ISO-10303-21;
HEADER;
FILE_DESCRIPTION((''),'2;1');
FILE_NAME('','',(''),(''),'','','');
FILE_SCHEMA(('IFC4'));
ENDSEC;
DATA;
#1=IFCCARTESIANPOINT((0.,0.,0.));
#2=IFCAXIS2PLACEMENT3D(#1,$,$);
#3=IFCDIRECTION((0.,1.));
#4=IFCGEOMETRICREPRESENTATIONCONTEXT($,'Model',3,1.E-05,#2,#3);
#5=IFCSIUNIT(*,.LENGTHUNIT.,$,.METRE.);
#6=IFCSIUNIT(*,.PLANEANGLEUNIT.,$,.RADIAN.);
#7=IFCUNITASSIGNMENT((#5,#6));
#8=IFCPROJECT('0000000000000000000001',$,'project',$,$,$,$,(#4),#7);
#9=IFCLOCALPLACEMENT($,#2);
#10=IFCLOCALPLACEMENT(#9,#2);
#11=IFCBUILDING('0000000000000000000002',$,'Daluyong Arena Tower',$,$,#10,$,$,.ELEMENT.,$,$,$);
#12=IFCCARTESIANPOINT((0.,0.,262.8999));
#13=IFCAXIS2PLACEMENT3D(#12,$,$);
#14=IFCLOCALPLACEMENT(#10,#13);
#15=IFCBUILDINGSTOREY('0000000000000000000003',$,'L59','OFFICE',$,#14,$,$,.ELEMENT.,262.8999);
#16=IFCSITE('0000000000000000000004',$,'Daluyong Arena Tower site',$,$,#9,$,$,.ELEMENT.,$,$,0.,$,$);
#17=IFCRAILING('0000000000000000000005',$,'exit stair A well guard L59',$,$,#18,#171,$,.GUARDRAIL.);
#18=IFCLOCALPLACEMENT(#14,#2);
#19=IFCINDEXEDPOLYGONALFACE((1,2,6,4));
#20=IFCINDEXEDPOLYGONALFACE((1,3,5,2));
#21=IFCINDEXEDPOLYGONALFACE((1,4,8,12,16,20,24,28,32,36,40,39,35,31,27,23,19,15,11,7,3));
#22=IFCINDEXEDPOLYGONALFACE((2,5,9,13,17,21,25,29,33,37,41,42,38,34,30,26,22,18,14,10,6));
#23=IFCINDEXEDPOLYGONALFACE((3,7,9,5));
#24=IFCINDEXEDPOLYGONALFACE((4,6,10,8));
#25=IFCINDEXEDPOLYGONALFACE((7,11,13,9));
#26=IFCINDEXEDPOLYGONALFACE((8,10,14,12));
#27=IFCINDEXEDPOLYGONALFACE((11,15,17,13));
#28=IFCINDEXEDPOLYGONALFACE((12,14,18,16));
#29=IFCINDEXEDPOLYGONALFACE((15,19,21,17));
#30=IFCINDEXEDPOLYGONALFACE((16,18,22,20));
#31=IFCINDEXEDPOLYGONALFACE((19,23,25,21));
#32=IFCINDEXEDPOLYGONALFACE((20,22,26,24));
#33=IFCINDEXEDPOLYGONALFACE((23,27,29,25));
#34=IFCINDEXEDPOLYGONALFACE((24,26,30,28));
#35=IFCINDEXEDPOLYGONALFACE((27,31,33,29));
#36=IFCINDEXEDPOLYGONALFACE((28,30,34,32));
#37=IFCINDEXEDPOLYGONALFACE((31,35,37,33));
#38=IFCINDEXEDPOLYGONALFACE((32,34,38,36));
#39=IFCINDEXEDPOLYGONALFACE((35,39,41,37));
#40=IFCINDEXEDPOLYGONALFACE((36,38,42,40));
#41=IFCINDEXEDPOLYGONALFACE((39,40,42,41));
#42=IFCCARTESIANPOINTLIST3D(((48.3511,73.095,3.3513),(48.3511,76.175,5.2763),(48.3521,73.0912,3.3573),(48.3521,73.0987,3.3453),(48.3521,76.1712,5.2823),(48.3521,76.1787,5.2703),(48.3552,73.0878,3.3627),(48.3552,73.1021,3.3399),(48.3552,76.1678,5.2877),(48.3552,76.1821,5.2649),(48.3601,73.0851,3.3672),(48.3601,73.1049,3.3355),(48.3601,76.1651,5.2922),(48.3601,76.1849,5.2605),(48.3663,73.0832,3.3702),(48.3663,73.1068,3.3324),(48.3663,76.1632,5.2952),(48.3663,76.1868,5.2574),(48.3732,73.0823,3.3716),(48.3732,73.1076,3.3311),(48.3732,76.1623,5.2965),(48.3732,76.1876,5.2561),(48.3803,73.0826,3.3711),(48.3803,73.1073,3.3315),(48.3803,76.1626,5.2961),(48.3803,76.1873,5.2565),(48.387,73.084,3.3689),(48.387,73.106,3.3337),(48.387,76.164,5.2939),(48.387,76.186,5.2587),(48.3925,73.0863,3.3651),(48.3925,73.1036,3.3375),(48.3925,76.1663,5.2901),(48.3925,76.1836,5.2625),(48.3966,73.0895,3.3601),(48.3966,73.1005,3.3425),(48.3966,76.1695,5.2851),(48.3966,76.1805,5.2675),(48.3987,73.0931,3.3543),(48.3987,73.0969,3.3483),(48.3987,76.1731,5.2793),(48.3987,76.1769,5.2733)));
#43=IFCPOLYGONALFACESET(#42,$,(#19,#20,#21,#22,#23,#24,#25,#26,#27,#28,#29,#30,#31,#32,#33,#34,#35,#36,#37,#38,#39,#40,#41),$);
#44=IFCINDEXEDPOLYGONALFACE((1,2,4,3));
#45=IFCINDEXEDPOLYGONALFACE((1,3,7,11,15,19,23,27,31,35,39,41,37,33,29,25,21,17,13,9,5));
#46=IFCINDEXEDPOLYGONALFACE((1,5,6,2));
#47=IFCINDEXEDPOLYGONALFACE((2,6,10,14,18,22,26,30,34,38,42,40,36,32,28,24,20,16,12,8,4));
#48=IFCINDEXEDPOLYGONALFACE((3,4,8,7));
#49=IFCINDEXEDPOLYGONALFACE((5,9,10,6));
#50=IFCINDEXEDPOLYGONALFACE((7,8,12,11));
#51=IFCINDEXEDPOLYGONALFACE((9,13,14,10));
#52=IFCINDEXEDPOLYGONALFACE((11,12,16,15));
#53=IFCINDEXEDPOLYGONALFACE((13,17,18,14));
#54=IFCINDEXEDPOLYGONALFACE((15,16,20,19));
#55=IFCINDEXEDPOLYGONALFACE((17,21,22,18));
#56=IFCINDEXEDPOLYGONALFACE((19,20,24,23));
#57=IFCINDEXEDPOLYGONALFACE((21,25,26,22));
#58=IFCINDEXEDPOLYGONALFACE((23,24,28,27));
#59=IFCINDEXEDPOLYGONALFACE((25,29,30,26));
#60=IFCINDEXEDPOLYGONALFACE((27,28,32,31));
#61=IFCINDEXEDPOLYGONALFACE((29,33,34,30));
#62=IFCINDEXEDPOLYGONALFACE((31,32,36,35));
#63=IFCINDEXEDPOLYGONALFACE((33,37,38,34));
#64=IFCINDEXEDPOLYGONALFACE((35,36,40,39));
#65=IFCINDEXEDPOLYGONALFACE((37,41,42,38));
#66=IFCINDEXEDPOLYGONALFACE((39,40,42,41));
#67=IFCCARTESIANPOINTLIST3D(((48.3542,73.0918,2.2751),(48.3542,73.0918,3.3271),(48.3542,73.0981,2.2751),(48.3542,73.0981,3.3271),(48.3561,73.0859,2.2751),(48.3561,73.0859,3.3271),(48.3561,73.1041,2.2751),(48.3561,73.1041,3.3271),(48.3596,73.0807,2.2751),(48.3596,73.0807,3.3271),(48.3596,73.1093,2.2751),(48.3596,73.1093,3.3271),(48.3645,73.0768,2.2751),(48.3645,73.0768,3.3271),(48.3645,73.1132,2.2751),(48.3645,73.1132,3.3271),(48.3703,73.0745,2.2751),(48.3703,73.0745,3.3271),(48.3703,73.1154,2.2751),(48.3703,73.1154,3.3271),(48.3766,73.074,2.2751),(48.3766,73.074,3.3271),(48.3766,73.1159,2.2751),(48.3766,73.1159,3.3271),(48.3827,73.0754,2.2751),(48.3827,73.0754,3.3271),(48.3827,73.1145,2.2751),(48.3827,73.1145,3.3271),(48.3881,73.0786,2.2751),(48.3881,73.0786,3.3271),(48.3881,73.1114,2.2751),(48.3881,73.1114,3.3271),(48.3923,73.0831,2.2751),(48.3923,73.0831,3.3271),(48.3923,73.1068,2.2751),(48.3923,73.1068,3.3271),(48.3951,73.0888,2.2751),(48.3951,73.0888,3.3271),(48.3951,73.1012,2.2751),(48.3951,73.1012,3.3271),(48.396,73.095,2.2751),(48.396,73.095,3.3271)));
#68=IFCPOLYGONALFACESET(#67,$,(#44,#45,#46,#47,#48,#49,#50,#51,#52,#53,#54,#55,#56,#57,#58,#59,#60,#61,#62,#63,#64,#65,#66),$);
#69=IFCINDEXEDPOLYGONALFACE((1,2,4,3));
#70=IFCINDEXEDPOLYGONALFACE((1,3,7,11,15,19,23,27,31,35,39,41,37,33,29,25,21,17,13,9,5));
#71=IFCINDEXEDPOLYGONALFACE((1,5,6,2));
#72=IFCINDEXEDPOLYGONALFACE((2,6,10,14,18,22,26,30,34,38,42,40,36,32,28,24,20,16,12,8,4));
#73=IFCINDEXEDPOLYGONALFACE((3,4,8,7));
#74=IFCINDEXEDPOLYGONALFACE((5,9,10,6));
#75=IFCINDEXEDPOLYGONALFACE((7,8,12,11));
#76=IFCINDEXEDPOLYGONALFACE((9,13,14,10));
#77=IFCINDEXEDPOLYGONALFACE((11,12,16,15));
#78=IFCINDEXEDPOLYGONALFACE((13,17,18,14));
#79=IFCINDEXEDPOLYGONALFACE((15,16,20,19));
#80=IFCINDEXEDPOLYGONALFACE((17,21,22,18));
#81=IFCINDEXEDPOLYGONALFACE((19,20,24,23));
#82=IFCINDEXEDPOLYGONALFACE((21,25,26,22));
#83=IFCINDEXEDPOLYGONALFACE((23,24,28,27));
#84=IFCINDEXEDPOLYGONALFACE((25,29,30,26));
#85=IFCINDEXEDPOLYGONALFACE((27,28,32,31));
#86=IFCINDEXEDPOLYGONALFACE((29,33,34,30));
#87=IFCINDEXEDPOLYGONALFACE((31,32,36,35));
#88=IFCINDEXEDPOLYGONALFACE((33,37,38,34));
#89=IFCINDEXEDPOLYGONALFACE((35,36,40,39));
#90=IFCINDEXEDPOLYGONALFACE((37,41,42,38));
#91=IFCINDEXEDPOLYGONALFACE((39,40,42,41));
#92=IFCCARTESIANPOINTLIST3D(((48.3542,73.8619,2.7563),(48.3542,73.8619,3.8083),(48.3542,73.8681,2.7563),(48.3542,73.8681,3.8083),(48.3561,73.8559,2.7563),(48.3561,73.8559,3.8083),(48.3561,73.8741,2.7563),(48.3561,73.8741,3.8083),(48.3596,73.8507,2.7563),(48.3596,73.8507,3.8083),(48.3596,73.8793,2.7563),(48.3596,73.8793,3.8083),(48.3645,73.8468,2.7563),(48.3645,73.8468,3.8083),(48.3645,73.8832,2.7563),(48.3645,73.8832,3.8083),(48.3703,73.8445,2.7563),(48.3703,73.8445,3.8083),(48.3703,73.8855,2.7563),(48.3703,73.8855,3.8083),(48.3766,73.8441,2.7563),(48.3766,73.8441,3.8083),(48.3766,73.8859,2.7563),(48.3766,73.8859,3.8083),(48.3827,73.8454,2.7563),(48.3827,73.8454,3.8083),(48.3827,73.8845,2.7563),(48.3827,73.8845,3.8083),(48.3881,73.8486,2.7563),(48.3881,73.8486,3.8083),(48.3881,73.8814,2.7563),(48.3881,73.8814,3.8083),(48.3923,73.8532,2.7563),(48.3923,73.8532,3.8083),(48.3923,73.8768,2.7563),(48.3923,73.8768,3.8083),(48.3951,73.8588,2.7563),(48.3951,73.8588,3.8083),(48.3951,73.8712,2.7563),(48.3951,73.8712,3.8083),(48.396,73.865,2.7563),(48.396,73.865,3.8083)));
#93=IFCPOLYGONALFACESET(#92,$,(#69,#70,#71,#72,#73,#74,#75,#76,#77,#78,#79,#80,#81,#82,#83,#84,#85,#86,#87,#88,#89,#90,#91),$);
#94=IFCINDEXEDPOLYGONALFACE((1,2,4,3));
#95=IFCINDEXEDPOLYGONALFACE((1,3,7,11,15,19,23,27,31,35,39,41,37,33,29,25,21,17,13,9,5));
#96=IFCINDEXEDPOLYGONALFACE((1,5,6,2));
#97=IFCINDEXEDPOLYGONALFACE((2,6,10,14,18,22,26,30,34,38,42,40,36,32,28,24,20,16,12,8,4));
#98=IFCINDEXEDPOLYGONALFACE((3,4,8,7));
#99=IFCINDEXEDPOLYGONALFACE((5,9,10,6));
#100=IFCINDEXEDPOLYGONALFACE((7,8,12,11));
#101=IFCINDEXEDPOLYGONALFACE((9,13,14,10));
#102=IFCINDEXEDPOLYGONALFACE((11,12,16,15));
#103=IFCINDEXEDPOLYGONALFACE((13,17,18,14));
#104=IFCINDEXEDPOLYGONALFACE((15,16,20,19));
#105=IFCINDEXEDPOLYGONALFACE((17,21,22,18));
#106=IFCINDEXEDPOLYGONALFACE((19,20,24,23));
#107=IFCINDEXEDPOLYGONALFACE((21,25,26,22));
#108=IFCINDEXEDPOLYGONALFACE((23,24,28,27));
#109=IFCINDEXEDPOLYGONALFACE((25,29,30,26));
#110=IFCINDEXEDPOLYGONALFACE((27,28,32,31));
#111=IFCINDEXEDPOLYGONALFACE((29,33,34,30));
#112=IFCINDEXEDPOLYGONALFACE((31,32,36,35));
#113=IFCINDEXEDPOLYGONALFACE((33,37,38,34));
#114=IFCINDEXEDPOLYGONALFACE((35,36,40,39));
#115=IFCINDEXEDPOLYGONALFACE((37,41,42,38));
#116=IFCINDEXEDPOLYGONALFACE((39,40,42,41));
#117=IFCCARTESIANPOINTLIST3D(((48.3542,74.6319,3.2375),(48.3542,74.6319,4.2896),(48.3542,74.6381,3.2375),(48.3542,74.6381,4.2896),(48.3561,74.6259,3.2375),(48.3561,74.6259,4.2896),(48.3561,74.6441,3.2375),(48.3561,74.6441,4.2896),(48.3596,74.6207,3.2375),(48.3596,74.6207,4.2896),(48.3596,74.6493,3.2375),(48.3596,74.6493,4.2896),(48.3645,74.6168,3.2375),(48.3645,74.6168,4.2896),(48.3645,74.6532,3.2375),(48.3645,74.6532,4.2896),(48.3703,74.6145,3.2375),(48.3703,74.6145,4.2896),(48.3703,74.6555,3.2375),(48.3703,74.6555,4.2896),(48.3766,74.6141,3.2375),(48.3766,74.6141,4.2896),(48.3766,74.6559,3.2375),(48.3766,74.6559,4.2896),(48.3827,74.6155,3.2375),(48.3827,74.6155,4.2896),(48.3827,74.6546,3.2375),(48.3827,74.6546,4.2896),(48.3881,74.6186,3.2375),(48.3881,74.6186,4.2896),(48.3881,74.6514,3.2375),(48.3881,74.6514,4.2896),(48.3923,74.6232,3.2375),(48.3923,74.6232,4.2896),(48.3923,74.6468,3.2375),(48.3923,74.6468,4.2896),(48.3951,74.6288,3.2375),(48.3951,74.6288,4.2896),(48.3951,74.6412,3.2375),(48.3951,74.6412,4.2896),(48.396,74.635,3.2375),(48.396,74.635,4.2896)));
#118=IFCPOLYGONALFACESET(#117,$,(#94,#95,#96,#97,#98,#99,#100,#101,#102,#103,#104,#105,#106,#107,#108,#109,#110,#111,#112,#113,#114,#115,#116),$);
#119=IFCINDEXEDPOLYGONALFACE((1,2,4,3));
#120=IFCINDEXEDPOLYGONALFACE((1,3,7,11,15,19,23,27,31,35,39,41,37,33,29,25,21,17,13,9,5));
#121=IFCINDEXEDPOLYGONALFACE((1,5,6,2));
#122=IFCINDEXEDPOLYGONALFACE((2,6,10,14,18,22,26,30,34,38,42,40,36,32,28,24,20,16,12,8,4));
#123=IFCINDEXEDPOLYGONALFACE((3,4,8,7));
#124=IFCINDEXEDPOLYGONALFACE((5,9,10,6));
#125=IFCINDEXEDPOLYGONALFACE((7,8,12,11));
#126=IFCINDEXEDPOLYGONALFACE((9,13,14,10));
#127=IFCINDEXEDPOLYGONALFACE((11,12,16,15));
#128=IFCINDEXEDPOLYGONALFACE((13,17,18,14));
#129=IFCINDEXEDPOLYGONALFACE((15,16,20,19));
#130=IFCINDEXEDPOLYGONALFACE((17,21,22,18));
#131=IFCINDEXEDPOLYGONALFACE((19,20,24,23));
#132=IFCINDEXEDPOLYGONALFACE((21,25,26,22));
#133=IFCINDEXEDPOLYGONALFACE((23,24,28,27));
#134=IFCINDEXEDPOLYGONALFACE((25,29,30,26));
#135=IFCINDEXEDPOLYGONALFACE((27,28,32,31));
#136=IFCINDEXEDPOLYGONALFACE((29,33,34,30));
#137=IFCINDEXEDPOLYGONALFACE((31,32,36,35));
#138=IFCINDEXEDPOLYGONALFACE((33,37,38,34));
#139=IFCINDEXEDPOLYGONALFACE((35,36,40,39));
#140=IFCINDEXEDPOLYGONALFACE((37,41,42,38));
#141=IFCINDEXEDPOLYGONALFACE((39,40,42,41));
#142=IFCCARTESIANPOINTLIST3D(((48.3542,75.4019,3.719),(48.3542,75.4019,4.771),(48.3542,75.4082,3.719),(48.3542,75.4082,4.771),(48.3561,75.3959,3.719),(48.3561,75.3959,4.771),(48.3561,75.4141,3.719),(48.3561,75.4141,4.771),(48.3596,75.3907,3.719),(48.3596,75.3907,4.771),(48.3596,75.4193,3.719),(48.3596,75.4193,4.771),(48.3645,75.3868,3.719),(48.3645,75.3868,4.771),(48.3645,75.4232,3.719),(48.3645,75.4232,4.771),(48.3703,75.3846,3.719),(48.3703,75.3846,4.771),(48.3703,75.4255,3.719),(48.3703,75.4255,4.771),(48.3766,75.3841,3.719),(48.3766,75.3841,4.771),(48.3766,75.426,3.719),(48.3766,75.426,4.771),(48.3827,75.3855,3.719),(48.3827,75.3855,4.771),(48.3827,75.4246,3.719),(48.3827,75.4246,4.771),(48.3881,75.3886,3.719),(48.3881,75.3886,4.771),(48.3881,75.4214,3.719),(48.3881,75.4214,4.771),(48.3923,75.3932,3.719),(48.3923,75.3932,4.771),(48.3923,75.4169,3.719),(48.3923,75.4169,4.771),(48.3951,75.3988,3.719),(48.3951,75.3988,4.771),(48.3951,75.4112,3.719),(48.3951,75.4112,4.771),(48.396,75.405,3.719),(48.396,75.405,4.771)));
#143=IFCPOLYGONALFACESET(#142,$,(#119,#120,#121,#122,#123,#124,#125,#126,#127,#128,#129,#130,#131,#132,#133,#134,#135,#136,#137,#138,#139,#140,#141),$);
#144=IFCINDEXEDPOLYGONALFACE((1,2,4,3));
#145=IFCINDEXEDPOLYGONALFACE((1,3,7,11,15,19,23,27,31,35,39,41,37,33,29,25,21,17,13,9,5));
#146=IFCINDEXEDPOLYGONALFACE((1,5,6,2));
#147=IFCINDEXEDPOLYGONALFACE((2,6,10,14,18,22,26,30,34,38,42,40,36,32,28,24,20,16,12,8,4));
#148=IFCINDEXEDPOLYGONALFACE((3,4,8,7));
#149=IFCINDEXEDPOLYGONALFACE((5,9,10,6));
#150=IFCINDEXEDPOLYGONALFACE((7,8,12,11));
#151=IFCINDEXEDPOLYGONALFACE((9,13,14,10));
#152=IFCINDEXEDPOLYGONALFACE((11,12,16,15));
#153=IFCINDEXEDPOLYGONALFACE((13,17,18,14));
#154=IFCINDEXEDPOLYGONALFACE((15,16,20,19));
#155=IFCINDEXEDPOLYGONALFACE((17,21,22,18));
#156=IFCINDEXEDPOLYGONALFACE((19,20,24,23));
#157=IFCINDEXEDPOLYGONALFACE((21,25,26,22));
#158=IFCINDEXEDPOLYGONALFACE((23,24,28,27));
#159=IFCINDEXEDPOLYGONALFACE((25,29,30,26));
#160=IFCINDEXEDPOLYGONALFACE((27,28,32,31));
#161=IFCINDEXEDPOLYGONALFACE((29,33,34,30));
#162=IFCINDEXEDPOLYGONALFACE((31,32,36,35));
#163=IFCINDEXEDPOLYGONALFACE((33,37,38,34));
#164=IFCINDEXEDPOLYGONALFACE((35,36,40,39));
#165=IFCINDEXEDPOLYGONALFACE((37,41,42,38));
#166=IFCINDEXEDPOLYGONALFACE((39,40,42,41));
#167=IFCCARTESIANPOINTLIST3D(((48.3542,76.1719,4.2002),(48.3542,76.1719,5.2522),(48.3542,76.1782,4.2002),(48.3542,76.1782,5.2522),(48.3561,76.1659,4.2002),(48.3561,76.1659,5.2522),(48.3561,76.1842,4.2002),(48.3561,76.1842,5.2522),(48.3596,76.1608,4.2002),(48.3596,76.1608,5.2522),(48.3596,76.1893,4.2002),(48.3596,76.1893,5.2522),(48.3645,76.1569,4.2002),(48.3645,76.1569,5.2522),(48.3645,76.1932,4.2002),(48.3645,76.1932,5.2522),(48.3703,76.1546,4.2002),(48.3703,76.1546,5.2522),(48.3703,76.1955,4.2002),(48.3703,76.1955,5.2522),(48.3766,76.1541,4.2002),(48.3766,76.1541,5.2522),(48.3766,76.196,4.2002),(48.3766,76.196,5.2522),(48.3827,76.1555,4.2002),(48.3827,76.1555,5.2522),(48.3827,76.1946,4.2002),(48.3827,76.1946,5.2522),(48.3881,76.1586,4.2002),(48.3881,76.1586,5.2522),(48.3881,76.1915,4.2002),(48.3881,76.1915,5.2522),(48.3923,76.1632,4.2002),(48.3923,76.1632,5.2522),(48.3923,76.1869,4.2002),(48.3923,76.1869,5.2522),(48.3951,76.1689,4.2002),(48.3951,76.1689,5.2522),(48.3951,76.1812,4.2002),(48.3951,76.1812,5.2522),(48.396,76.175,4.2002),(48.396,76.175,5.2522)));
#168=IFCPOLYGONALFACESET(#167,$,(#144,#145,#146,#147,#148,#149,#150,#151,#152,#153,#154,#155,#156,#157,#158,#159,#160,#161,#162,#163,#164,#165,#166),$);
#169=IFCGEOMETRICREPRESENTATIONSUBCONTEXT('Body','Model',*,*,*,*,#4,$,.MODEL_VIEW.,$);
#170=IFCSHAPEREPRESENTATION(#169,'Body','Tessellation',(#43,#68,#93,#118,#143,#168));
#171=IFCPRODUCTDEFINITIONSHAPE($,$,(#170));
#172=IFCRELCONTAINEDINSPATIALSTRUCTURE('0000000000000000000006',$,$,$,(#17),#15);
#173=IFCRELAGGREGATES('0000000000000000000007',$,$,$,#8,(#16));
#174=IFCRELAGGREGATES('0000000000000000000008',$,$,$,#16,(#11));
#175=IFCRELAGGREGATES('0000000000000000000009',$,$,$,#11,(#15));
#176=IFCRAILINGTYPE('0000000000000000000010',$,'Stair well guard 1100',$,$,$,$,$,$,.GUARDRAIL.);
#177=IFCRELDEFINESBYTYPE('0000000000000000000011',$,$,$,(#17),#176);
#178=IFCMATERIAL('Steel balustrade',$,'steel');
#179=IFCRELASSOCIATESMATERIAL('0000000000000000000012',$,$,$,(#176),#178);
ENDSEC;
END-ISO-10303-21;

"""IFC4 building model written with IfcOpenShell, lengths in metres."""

from ifc_helpers import new_model, si_unit, direction, frame, origin, origin_2d, place, context, subcontext, project, spatial, circle, extrude, material, type_object, element, save


model = new_model("IFC4")

# Units and contexts
model_context = context("Model", 3, precision=1e-05, world=origin(), true_north=direction((0.0, 1.0)))
body_context = subcontext(model_context, "Body", "Model", "MODEL_VIEW")
ifc_project = project(units=[si_unit("LENGTHUNIT", "METRE"), si_unit("PLANEANGLEUNIT", "RADIAN")], contexts=[model_context])

# Site, building, storey
site_placement = place(None, origin())
site = spatial("IfcSite", under=ifc_project, at=site_placement, Name="Daluyong Arena Tower site", CompositionType="ELEMENT", RefElevation=0.0)
building_placement = place(site_placement, origin())
building = spatial("IfcBuilding", under=site, at=building_placement, Name="Daluyong Arena Tower", CompositionType="ELEMENT")
storey_placement = place(building_placement, frame((0.0, 0.0, 262.8999)))
storey = spatial("IfcBuildingStorey", under=building, at=storey_placement, Name="L59", Description="OFFICE", CompositionType="ELEMENT", Elevation=262.8999)

# Railing
ifc_material_1 = material(Name="Steel balustrade", Category="steel")
railing_type_1 = type_object("IfcRailingType", Name="Stair well guard 1100", PredefinedType="GUARDRAIL", material=ifc_material_1)
railing_1_placement = place(storey_placement, frame((48.375, 73.095, 2.2751)))
element("IfcRailing", 1, at=railing_1_placement, inside=storey, type_object=railing_type_1, Name="exit stair A well guard L59", PredefinedType="GUARDRAIL", context=body_context, shape_type="SweptSolid", body=[
    extrude(circle(Radius=0.0239, at=origin_2d()), frame((0.0, 0.0, 1.0762), z_axis=(0.0, 0.847998, 0.529999), x_axis=(-1.0, 0.0, 0.0)), (0.0, 0.0, 1.0), 3.6321),
    extrude(circle(Radius=0.021, at=origin_2d()), origin(), (0.0, 0.0, 1.0), 1.052),
    extrude(circle(Radius=0.021, at=origin_2d()), frame((0.0, 0.77, 0.4812)), (0.0, 0.0, 1.0), 1.052),
    extrude(circle(Radius=0.021, at=origin_2d()), frame((0.0, 1.54, 0.9624)), (0.0, 0.0, 1.0), 1.052),
    extrude(circle(Radius=0.021, at=origin_2d()), frame((0.0, 2.3101, 1.4438)), (0.0, 0.0, 1.0), 1.052),
    extrude(circle(Radius=0.021, at=origin_2d()), frame((0.0, 3.0801, 1.925)), (0.0, 0.0, 1.0), 1.052),
])

save(model, "model.ifc")
